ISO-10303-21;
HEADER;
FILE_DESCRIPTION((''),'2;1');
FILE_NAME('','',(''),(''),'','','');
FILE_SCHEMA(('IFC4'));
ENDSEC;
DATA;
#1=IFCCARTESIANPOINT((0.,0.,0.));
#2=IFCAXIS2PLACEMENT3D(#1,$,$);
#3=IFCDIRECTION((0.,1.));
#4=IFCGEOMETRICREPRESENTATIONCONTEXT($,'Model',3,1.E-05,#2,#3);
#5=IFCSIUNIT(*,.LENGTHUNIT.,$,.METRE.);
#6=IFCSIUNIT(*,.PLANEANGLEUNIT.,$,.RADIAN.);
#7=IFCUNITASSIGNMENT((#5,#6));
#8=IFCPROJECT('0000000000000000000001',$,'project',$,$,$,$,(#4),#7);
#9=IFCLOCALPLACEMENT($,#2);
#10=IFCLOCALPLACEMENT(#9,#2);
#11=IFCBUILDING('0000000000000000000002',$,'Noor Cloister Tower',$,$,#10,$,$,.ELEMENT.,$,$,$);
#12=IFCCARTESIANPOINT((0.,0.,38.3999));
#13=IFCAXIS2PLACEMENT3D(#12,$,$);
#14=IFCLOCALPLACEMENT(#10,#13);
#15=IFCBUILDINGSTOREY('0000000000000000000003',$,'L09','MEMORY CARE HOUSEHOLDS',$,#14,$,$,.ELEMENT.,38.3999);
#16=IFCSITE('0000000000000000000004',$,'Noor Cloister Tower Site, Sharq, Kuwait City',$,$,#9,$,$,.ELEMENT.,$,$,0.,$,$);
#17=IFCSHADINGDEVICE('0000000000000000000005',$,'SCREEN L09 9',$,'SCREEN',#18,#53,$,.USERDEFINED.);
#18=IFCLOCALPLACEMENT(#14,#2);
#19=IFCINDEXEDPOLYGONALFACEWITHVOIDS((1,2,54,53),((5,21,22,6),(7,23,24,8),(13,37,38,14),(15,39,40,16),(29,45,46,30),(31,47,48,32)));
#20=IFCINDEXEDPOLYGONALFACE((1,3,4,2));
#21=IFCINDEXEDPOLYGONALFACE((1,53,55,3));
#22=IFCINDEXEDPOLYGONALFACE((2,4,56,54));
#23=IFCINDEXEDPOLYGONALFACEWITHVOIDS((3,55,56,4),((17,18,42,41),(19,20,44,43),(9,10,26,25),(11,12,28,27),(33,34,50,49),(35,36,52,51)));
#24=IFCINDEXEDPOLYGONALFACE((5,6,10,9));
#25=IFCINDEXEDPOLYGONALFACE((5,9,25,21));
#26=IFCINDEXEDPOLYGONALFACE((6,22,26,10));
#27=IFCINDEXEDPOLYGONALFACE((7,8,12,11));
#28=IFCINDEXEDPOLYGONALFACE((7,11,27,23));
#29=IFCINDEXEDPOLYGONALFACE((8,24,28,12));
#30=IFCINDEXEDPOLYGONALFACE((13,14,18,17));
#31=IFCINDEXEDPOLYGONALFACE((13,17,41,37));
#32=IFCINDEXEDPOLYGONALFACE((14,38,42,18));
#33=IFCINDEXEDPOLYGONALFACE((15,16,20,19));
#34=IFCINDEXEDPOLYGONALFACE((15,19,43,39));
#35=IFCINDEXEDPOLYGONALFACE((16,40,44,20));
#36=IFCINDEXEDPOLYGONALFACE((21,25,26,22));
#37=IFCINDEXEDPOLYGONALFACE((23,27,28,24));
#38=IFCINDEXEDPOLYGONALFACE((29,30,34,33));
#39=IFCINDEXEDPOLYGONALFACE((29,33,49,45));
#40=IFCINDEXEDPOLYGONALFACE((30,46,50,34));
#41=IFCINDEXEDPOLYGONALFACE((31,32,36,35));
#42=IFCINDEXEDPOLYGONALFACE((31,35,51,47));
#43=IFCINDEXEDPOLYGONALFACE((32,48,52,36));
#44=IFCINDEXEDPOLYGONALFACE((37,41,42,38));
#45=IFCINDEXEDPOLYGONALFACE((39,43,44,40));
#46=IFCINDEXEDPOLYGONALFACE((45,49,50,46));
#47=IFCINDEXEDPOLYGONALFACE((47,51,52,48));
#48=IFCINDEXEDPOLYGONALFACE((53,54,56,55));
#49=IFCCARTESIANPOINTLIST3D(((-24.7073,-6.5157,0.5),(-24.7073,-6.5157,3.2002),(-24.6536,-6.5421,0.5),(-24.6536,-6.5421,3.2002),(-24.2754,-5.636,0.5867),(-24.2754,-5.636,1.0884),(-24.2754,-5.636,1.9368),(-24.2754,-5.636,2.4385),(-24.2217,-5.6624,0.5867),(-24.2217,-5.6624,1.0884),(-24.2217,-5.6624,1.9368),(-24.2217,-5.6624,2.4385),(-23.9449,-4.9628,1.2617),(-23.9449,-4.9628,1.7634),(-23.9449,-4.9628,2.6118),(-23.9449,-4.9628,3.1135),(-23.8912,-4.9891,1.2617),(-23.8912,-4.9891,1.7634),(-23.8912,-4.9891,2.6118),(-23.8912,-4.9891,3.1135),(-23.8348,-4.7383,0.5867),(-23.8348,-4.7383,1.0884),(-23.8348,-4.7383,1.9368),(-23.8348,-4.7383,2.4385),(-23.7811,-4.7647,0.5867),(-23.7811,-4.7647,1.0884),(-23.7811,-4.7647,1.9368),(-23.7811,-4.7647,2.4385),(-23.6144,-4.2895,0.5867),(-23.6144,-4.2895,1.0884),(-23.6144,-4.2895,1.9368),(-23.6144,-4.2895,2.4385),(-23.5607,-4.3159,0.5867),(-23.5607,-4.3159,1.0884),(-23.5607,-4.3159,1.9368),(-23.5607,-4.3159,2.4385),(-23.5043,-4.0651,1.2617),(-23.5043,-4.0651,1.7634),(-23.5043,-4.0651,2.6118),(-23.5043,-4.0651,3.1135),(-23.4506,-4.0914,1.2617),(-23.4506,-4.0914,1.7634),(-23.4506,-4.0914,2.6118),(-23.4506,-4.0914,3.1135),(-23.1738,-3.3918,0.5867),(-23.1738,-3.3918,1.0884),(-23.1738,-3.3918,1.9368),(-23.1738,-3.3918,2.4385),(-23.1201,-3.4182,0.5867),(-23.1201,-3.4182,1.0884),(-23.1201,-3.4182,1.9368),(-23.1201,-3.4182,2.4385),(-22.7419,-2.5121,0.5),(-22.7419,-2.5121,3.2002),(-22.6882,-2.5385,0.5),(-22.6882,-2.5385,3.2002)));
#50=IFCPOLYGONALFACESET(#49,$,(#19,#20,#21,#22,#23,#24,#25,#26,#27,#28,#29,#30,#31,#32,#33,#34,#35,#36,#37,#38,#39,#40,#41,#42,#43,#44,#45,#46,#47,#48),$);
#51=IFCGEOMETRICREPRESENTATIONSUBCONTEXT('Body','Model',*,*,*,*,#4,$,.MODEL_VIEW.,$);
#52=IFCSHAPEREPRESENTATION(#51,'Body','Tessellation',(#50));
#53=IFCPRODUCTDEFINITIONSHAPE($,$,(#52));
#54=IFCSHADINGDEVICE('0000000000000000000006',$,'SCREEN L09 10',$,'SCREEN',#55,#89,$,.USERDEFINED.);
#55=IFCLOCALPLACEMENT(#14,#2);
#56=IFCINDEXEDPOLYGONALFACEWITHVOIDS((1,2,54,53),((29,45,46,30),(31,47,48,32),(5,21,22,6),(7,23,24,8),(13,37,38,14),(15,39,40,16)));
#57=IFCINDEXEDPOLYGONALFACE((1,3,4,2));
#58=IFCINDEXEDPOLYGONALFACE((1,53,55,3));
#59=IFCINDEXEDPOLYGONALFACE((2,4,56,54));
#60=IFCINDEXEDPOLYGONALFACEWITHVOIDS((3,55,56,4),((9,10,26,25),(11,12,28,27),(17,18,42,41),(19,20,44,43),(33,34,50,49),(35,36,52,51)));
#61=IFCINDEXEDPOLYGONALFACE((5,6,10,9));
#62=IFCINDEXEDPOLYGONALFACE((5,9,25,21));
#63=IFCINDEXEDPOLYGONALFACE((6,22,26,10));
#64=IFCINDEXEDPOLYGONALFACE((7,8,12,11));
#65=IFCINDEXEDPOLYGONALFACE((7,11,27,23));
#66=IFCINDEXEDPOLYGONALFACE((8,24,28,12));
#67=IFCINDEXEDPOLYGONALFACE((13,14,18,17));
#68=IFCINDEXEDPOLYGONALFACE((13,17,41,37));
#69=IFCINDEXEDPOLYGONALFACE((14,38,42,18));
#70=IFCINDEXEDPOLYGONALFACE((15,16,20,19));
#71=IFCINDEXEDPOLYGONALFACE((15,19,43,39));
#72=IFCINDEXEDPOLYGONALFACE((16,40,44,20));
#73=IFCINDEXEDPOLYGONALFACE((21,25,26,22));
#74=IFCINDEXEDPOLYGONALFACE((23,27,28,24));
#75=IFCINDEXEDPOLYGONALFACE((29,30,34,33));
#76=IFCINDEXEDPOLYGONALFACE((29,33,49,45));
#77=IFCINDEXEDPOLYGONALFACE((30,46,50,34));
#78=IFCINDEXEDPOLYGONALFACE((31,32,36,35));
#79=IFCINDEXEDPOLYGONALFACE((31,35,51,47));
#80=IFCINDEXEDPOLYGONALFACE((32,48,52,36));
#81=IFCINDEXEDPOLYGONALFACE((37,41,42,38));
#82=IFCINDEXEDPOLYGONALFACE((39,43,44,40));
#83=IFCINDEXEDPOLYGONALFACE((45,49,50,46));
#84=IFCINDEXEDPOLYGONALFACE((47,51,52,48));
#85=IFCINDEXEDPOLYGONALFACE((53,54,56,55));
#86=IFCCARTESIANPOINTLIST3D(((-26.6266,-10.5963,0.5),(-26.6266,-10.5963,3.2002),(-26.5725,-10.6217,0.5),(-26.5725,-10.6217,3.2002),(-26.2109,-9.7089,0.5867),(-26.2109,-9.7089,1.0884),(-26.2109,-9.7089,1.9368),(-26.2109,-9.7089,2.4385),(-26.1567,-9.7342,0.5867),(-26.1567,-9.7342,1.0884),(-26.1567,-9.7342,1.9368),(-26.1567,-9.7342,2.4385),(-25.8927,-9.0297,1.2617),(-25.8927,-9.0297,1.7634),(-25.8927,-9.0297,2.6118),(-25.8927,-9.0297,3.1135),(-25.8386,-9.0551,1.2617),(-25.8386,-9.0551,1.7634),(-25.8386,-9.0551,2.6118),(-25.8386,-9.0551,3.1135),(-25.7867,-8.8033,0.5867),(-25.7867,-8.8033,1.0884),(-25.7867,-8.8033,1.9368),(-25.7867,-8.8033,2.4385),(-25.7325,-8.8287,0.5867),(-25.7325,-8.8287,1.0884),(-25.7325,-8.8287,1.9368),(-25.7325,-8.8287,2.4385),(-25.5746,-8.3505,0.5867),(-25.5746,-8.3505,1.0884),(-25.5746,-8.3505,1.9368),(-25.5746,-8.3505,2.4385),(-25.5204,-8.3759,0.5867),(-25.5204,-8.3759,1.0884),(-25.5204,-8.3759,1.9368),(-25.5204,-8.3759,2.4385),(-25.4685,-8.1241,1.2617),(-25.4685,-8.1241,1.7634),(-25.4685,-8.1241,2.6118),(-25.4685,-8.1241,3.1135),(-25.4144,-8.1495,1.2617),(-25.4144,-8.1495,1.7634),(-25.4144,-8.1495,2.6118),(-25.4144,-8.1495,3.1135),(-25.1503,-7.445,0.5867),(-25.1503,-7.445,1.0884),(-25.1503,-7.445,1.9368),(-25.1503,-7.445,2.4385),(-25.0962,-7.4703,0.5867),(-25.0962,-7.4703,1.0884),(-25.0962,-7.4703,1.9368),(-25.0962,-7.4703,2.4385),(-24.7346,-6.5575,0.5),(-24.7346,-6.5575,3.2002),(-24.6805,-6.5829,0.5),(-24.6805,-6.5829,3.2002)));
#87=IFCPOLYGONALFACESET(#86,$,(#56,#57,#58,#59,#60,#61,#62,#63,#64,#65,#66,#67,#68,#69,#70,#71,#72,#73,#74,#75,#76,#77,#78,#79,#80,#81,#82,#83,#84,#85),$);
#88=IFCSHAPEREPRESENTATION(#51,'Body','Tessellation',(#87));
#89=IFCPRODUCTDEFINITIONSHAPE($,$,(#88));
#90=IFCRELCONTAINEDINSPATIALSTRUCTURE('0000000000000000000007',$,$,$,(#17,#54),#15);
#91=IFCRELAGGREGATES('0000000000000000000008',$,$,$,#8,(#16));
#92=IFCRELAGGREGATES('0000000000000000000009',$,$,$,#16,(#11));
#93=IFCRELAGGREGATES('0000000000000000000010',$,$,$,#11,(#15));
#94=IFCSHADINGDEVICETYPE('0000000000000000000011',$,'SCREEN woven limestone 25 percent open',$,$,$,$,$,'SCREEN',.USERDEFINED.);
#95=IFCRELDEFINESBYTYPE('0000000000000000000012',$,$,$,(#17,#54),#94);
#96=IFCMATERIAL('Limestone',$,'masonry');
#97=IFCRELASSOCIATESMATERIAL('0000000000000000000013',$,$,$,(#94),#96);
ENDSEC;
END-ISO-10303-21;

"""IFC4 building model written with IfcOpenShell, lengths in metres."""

from ifc_helpers import new_model, si_unit, direction, frame, origin, place, context, subcontext, project, spatial, polyline, outline, extrude, material, material_profile, profile_set, type_object, element, save


model = new_model("IFC4")

# Units and contexts
model_context = context("Model", 3, precision=1e-05, world=origin(), true_north=direction((0.0, 1.0)))
body_context = subcontext(model_context, "Body", "Model", "MODEL_VIEW")
ifc_project = project(units=[si_unit("LENGTHUNIT", "METRE"), si_unit("PLANEANGLEUNIT", "RADIAN")], contexts=[model_context])

# Site, building, storey
site_placement = place(None, origin())
site = spatial("IfcSite", under=ifc_project, at=site_placement, Name="Noor Cloister Tower Site, Sharq, Kuwait City", CompositionType="ELEMENT", RefElevation=0.0)
building_placement = place(site_placement, origin())
building = spatial("IfcBuilding", under=site, at=building_placement, Name="Noor Cloister Tower", CompositionType="ELEMENT")
storey_placement = place(building_placement, frame((0.0, 0.0, 38.3999)))
storey = spatial("IfcBuildingStorey", under=building, at=storey_placement, Name="L09", Description="MEMORY CARE HOUSEHOLDS", CompositionType="ELEMENT", Elevation=38.3999)

# Shading devices
ifc_material_1 = material(Name="Limestone", Category="masonry")
ifc_material_profile_1 = material_profile(ifc_material_1, outline(polyline([(-2.23, -1.3501), (2.23, -1.3501), (2.23, 1.3501), (-2.23, 1.3501), (-2.23, -1.3501)]), holes=[polyline([(-1.25, -1.2634), (-0.25, -1.2634), (-0.25, -0.7617), (-1.25, -0.7617), (-1.25, -1.2634)]), polyline([(0.25, -1.2634), (1.25, -1.2634), (1.25, -0.7617), (0.25, -0.7617), (0.25, -1.2634)]), polyline([(-0.5, -0.5884), (0.5, -0.5884), (0.5, -0.0867), (-0.5, -0.0867), (-0.5, -0.5884)]), polyline([(-1.25, 0.0867), (-0.25, 0.0867), (-0.25, 0.5884), (-1.25, 0.5884), (-1.25, 0.0867)]), polyline([(0.25, 0.0867), (1.25, 0.0867), (1.25, 0.5884), (0.25, 0.5884), (0.25, 0.0867)]), polyline([(-0.5, 0.7617), (0.5, 0.7617), (0.5, 1.2634), (-0.5, 1.2634), (-0.5, 0.7617)])]), Name="Woven screen 25 percent open")
ifc_profile_set_1 = profile_set([ifc_material_profile_1], Name="Limestone")
shading_device_type = type_object("IfcShadingDeviceType", Name="SCREEN woven limestone 25 percent open", ElementType="SCREEN", PredefinedType="USERDEFINED", material=ifc_profile_set_1)
for number, where, z_axis, x_axis, name in (
    (1, (-23.6709, -4.5403, 1.8501), (-0.897668, 0.440673, 0.0), (-0.440673, -0.897668, 0.0), "SCREEN L09 9"),
    (2, (-25.6265, -8.6023, 1.8501), (-0.905557, 0.424225, 0.0), (-0.424225, -0.905557, 0.0), "SCREEN L09 10"),
):
    element("IfcShadingDevice", number, at=place(storey_placement, frame(where, z_axis=z_axis, x_axis=x_axis)), inside=storey, type_object=shading_device_type, Name=name, ObjectType="SCREEN", PredefinedType="USERDEFINED", context=body_context, shape_type="SweptSolid", body=[
        extrude(outline(polyline([(-2.23, -1.3501), (2.23, -1.3501), (2.23, 1.3501), (-2.23, 1.3501), (-2.23, -1.3501)]), holes=[polyline([(-1.25, -1.2634), (-0.25, -1.2634), (-0.25, -0.7617), (-1.25, -0.7617), (-1.25, -1.2634)]), polyline([(0.25, -1.2634), (1.25, -1.2634), (1.25, -0.7617), (0.25, -0.7617), (0.25, -1.2634)]), polyline([(-0.5, -0.5884), (0.5, -0.5884), (0.5, -0.0867), (-0.5, -0.0867), (-0.5, -0.5884)]), polyline([(-1.25, 0.0867), (-0.25, 0.0867), (-0.25, 0.5884), (-1.25, 0.5884), (-1.25, 0.0867)]), polyline([(0.25, 0.0867), (1.25, 0.0867), (1.25, 0.5884), (0.25, 0.5884), (0.25, 0.0867)]), polyline([(-0.5, 0.7617), (0.5, 0.7617), (0.5, 1.2634), (-0.5, 1.2634), (-0.5, 0.7617)])]), origin(), (0.0, 0.0, 1.0), 0.0598),
    ])

save(model, "model.ifc")
